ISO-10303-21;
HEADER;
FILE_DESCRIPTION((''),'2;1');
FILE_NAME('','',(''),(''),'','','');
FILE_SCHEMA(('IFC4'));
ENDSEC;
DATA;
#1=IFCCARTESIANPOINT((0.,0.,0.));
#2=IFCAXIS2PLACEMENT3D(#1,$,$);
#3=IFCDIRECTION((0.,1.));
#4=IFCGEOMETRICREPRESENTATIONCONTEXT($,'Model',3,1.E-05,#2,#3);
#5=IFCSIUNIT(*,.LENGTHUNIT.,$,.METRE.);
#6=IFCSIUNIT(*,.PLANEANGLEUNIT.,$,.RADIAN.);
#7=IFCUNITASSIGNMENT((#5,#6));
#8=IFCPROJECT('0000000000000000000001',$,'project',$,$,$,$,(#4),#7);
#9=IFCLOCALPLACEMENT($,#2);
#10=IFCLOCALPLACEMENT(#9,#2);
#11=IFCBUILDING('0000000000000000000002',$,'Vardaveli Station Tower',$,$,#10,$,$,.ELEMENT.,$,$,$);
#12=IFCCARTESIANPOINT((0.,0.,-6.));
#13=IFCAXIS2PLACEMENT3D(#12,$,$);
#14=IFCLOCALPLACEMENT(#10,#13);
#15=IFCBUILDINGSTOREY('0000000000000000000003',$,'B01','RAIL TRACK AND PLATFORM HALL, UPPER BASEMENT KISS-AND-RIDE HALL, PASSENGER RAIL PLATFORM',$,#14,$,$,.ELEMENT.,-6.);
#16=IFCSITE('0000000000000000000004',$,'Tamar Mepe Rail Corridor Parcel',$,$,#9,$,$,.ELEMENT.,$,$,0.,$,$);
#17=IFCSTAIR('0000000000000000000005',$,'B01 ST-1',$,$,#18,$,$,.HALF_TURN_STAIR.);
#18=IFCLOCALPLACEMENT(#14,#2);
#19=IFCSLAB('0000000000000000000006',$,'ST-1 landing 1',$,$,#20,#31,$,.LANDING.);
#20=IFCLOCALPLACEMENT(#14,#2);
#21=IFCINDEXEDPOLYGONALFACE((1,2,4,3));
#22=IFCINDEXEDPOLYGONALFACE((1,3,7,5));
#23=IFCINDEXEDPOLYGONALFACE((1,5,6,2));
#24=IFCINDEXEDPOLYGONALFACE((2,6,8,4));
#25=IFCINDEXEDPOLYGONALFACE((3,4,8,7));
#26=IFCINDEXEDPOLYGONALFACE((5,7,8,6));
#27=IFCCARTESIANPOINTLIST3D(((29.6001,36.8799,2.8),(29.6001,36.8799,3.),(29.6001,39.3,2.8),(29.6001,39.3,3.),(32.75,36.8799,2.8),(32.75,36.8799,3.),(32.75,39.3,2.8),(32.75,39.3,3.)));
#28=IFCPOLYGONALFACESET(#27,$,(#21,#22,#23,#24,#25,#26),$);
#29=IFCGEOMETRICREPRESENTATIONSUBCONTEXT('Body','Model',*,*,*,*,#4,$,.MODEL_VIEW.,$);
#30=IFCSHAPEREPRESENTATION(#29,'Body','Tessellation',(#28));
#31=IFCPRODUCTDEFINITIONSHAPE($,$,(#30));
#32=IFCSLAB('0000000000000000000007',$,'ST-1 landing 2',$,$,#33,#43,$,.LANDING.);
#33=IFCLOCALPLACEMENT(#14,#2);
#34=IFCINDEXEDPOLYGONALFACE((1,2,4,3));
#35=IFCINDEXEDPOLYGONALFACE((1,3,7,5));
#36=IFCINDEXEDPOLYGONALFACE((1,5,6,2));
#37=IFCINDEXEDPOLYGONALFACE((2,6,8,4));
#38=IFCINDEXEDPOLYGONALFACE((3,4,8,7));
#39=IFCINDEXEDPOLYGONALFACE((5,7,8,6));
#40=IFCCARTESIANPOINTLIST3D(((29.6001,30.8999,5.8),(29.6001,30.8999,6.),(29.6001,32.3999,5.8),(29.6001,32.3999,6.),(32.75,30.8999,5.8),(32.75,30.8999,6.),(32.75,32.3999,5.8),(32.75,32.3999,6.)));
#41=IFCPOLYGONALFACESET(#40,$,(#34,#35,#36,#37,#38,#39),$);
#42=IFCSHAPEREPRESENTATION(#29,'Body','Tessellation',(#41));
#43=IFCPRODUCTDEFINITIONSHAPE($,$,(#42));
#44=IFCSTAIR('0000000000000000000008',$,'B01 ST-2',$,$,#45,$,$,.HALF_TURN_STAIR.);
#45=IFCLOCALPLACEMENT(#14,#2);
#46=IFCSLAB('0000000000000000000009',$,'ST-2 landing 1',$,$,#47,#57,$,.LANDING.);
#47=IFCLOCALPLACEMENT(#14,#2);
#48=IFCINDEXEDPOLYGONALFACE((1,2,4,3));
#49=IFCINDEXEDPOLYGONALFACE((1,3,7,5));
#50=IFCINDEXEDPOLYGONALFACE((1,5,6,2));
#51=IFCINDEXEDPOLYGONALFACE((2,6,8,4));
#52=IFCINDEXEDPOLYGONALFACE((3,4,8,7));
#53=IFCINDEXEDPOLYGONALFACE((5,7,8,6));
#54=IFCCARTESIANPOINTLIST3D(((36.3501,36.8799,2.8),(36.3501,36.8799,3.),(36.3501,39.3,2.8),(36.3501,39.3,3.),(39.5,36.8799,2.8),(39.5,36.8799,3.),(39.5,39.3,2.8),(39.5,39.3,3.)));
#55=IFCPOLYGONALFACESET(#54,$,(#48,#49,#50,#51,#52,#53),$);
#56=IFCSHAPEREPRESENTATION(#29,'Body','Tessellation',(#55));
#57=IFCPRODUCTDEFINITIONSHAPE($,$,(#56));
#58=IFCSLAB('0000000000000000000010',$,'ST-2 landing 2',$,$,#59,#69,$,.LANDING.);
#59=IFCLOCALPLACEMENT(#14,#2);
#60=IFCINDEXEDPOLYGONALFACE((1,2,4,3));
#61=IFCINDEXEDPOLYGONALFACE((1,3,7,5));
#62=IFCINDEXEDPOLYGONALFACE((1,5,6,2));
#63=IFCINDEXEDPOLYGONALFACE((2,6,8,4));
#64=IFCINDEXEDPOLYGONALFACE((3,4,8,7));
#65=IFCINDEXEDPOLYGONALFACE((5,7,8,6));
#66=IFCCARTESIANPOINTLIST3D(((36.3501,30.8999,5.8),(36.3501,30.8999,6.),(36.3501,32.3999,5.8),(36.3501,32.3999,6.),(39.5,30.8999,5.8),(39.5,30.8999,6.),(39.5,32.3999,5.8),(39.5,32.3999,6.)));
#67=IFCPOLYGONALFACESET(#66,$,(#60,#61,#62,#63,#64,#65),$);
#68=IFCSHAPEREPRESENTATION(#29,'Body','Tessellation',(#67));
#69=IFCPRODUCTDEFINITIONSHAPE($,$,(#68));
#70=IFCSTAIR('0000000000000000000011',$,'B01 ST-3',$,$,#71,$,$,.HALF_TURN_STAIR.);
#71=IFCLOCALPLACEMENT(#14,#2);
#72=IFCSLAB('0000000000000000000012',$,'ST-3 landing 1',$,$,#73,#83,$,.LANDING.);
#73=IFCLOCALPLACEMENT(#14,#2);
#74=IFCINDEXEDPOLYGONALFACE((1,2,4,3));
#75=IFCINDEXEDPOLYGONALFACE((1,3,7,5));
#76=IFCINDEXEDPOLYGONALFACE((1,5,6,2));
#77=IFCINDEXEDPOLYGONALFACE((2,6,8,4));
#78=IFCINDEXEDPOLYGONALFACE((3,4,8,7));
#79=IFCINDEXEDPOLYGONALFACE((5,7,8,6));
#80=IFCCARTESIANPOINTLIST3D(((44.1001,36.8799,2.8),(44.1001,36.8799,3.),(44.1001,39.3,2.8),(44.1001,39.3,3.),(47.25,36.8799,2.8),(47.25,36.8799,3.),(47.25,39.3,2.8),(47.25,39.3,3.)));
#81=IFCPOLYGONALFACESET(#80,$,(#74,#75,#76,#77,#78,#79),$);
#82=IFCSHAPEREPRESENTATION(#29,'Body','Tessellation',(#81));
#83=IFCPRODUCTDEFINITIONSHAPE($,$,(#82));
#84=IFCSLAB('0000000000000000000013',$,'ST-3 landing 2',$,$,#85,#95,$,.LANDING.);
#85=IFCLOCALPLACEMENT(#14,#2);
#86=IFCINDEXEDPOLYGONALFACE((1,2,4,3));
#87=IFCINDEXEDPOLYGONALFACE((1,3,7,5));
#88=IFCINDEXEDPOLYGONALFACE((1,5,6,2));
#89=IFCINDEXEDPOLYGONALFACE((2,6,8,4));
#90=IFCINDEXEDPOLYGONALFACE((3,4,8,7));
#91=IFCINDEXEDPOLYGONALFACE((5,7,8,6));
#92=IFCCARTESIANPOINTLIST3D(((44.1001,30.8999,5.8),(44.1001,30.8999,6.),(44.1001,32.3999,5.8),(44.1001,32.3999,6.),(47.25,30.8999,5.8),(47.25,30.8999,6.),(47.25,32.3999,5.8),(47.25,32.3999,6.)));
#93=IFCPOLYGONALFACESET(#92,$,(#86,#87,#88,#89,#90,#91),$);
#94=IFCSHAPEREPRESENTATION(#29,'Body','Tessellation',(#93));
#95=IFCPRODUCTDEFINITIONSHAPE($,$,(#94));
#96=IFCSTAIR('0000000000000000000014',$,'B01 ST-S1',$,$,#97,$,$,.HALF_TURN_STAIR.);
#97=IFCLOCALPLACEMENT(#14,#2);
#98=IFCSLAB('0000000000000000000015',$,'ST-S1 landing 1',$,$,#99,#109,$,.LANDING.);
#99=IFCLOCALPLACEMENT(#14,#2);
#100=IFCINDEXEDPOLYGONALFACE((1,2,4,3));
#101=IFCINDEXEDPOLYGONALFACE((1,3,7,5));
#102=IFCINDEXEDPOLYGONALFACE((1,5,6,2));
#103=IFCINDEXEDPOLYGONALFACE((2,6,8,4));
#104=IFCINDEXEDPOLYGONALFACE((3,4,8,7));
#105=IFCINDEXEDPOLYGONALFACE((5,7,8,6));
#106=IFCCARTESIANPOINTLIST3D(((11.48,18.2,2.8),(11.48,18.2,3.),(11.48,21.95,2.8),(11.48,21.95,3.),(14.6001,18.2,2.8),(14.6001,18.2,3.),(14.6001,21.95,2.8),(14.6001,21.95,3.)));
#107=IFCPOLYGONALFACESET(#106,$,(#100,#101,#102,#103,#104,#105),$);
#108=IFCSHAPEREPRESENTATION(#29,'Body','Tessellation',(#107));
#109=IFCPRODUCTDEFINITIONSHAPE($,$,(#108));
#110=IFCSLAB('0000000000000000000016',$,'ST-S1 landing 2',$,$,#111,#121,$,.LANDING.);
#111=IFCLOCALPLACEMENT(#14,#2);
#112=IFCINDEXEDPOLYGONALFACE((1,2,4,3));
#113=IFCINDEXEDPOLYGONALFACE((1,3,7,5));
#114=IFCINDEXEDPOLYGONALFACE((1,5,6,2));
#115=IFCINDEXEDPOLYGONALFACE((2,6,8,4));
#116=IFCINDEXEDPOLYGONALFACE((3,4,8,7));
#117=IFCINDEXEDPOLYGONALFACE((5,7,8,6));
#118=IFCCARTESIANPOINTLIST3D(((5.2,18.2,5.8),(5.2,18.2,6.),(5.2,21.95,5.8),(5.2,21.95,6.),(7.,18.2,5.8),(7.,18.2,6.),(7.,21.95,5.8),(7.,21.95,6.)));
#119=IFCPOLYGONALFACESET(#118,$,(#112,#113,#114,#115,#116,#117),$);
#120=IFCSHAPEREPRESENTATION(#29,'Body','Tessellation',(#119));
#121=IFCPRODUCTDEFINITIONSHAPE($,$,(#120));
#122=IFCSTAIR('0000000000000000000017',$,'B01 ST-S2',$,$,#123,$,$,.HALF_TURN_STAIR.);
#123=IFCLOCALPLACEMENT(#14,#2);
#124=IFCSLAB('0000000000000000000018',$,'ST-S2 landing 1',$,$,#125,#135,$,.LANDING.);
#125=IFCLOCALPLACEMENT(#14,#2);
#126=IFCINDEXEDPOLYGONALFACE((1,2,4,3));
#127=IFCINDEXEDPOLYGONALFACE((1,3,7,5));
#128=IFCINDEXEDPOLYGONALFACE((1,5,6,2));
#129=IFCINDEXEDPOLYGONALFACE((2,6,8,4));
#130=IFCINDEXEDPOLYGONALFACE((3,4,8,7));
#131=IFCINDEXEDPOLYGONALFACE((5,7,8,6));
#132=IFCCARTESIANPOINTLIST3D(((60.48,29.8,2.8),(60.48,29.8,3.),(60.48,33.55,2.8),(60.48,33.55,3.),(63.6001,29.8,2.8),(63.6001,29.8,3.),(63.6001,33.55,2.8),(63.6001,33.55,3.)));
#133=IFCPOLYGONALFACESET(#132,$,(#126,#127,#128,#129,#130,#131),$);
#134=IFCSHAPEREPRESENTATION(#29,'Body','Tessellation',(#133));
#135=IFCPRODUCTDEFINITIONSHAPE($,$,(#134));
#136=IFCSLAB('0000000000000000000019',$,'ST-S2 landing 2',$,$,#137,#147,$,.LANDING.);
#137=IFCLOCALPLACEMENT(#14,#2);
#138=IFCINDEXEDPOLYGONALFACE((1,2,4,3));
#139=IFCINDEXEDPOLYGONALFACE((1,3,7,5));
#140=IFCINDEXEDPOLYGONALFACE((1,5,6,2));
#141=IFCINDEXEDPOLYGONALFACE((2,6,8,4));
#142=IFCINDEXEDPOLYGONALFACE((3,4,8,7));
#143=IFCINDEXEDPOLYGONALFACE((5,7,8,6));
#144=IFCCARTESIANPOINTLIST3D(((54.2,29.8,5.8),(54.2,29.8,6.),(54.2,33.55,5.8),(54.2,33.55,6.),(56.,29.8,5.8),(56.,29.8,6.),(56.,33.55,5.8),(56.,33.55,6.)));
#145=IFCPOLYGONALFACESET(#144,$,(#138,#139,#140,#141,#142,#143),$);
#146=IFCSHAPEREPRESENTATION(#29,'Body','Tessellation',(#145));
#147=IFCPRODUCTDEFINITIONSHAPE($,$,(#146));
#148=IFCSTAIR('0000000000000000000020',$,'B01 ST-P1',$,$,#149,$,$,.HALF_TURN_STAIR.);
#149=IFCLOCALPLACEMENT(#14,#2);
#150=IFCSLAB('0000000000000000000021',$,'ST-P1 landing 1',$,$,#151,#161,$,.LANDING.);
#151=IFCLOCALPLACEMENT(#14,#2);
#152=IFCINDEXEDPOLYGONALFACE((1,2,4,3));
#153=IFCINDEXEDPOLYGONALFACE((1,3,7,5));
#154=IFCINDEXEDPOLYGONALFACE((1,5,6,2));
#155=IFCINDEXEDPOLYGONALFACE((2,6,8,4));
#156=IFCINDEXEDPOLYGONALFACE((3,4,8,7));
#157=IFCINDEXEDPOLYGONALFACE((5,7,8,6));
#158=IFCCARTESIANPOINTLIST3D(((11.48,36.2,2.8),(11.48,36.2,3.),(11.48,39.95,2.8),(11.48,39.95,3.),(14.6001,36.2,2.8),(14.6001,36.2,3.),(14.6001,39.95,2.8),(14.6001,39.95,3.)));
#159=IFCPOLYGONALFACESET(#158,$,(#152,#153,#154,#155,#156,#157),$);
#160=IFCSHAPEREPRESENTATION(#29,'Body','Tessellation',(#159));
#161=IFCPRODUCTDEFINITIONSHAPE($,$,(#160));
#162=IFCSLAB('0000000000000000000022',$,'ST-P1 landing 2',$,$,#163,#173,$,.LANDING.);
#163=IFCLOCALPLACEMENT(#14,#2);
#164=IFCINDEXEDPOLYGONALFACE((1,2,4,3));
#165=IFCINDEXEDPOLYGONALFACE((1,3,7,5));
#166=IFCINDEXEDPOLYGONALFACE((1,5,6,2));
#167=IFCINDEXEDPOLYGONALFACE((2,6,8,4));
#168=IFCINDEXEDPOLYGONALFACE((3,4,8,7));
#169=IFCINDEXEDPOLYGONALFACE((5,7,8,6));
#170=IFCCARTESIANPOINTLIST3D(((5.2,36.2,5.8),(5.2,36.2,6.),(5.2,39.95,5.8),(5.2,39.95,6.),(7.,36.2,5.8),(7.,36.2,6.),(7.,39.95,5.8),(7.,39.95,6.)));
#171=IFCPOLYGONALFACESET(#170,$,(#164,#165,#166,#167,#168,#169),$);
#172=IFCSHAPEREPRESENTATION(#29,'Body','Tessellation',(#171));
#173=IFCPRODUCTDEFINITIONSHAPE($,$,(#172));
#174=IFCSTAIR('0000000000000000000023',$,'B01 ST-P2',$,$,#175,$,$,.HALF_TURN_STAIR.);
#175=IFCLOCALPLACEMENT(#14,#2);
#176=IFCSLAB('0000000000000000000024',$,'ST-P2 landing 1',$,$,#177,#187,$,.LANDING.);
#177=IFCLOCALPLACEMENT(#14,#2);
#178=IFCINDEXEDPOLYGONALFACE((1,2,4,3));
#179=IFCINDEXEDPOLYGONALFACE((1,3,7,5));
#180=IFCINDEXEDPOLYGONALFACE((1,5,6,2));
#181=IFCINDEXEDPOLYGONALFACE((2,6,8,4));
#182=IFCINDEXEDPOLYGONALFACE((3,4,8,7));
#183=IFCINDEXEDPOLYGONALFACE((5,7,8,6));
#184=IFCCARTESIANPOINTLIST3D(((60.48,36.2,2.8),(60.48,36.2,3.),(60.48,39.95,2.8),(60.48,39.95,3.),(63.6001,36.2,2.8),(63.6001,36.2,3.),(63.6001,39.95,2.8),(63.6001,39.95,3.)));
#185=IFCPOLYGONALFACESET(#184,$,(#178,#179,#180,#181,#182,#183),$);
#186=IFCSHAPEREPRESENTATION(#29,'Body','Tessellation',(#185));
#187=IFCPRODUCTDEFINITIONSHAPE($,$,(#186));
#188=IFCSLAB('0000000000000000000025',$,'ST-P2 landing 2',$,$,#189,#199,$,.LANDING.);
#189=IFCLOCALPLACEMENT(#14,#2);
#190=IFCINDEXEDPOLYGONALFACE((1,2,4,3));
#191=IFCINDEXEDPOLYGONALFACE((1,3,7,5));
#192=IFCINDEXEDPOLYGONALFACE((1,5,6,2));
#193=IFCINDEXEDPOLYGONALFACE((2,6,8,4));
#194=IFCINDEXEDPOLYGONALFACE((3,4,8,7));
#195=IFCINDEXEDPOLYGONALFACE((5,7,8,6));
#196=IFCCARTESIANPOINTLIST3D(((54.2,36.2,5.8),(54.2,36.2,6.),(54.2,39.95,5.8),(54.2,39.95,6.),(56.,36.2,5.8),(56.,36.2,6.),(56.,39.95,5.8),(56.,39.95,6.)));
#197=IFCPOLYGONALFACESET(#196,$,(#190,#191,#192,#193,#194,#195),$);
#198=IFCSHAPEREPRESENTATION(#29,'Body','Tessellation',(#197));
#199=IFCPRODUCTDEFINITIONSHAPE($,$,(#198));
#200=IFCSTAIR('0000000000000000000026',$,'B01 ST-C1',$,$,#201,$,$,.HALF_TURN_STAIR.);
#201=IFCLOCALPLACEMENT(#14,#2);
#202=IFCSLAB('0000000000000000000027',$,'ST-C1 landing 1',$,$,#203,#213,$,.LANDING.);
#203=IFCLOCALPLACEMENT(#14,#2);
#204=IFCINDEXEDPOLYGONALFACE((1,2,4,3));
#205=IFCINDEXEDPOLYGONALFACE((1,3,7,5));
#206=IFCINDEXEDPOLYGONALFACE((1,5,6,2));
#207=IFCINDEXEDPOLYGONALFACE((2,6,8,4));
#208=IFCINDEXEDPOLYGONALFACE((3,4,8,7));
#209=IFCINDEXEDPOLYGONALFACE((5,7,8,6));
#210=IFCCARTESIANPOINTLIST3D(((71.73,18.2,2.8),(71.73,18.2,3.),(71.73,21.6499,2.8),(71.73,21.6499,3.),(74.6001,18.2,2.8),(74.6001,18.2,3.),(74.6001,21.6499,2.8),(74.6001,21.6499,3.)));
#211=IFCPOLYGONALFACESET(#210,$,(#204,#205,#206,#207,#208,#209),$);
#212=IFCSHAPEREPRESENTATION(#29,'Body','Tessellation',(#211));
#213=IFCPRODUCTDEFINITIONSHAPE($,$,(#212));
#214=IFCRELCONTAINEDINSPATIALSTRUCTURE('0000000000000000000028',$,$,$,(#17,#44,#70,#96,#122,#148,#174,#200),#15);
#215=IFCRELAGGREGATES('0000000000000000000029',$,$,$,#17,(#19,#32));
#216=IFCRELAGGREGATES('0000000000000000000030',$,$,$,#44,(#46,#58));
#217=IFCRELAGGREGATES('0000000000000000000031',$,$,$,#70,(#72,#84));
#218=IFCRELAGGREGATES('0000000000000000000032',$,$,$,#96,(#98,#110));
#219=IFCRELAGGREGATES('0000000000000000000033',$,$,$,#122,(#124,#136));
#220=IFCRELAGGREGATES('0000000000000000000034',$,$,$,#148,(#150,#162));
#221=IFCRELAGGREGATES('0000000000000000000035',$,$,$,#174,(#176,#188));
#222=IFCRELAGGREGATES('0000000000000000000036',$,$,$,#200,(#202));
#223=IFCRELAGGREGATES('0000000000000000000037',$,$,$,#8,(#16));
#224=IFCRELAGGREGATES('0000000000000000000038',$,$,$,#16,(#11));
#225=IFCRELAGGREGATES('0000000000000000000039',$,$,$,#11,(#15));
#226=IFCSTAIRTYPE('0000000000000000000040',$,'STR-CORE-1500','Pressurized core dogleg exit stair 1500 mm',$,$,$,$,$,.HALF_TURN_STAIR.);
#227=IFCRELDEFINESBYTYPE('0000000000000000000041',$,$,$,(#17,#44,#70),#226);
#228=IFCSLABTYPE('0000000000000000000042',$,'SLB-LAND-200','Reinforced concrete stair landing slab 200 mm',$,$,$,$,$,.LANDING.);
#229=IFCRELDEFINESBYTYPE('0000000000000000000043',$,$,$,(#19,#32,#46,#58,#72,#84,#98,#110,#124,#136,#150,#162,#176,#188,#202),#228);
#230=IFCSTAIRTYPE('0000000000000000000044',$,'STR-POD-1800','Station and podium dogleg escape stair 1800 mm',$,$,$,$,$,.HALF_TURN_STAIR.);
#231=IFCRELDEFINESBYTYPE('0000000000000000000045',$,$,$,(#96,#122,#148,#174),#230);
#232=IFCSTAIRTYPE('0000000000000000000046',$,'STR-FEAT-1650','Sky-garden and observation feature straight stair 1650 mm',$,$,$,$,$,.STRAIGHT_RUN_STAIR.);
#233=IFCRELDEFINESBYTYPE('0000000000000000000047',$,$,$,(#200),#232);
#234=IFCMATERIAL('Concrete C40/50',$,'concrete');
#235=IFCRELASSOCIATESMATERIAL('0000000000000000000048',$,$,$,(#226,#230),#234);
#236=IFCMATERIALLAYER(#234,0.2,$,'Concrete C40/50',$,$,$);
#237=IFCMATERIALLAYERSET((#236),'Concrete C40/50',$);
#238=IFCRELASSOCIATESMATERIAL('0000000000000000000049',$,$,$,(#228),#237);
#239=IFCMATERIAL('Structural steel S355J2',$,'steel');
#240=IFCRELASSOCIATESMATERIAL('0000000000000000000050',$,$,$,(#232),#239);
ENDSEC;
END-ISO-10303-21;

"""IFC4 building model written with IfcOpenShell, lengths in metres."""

from ifc_helpers import new_model, si_unit, direction, frame, origin, place, context, subcontext, project, spatial, polyline, outline, extrude, material, layer, layer_set, type_object, element, aggregate, save


model = new_model("IFC4")

# Units and contexts
model_context = context("Model", 3, precision=1e-05, world=origin(), true_north=direction((0.0, 1.0)))
body_context = subcontext(model_context, "Body", "Model", "MODEL_VIEW")
ifc_project = project(units=[si_unit("LENGTHUNIT", "METRE"), si_unit("PLANEANGLEUNIT", "RADIAN")], contexts=[model_context])

# Site, building, storey
site_placement = place(None, origin())
site = spatial("IfcSite", under=ifc_project, at=site_placement, Name="Tamar Mepe Rail Corridor Parcel", CompositionType="ELEMENT", RefElevation=0.0)
building_placement = place(site_placement, origin())
building = spatial("IfcBuilding", under=site, at=building_placement, Name="Vardaveli Station Tower", CompositionType="ELEMENT")
storey_placement = place(building_placement, frame((0.0, 0.0, -6.0)))
storey = spatial("IfcBuildingStorey", under=building, at=storey_placement, Name="B01", Description="RAIL TRACK AND PLATFORM HALL, UPPER BASEMENT KISS-AND-RIDE HALL, PASSENGER RAIL PLATFORM", CompositionType="ELEMENT", Elevation=-6.0)

# Stairs, slabs
ifc_material_1 = material(Name="Concrete C40/50", Category="concrete")
stair_type_1 = type_object("IfcStairType", Name="STR-CORE-1500", Description="Pressurized core dogleg exit stair 1500 mm", PredefinedType="HALF_TURN_STAIR", material=ifc_material_1)
stair_1_placement = place(storey_placement, origin())
stair_1 = element("IfcStair", 1, at=stair_1_placement, inside=storey, type_object=stair_type_1, Name="B01 ST-1", PredefinedType="HALF_TURN_STAIR")
ifc_layer_1 = layer(ifc_material_1, 0.2, Name="Concrete C40/50")
ifc_layer_set_1 = layer_set([ifc_layer_1], Name="Concrete C40/50")
slab_type_1 = type_object("IfcSlabType", Name="SLB-LAND-200", Description="Reinforced concrete stair landing slab 200 mm", PredefinedType="LANDING", material=ifc_layer_set_1)
slab_1_placement = place(storey_placement, frame((0.0, 0.0, 2.8)))
slab_1 = element("IfcSlab", 2, at=slab_1_placement, type_object=slab_type_1, Name="ST-1 landing 1", PredefinedType="LANDING", context=body_context, shape_type="SweptSolid", body=[
    extrude(outline(polyline([(32.75, 36.8799), (32.75, 39.3), (29.6001, 39.3), (29.6001, 36.8799), (32.75, 36.8799)])), origin(), (0.0, 0.0, 1.0), 0.2),
])
slab_2_placement = place(storey_placement, frame((0.0, 0.0, 5.8)))
slab_2 = element("IfcSlab", 3, at=slab_2_placement, type_object=slab_type_1, Name="ST-1 landing 2", PredefinedType="LANDING", context=body_context, shape_type="SweptSolid", body=[
    extrude(outline(polyline([(32.75, 30.8999), (32.75, 32.3999), (29.6001, 32.3999), (29.6001, 30.8999), (32.75, 30.8999)])), origin(), (0.0, 0.0, 1.0), 0.2),
])
aggregate(stair_1, [slab_1, slab_2])
stair_2_placement = place(storey_placement, origin())
stair_2 = element("IfcStair", 4, at=stair_2_placement, inside=storey, type_object=stair_type_1, Name="B01 ST-2", PredefinedType="HALF_TURN_STAIR")
slab_3_placement = place(storey_placement, frame((0.0, 0.0, 2.8)))
slab_3 = element("IfcSlab", 5, at=slab_3_placement, type_object=slab_type_1, Name="ST-2 landing 1", PredefinedType="LANDING", context=body_context, shape_type="SweptSolid", body=[
    extrude(outline(polyline([(39.5, 36.8799), (39.5, 39.3), (36.3501, 39.3), (36.3501, 36.8799), (39.5, 36.8799)])), origin(), (0.0, 0.0, 1.0), 0.2),
])
slab_4_placement = place(storey_placement, frame((0.0, 0.0, 5.8)))
slab_4 = element("IfcSlab", 6, at=slab_4_placement, type_object=slab_type_1, Name="ST-2 landing 2", PredefinedType="LANDING", context=body_context, shape_type="SweptSolid", body=[
    extrude(outline(polyline([(39.5, 30.8999), (39.5, 32.3999), (36.3501, 32.3999), (36.3501, 30.8999), (39.5, 30.8999)])), origin(), (0.0, 0.0, 1.0), 0.2),
])
aggregate(stair_2, [slab_3, slab_4])
stair_3_placement = place(storey_placement, origin())
stair_3 = element("IfcStair", 7, at=stair_3_placement, inside=storey, type_object=stair_type_1, Name="B01 ST-3", PredefinedType="HALF_TURN_STAIR")
slab_5_placement = place(storey_placement, frame((0.0, 0.0, 2.8)))
slab_5 = element("IfcSlab", 8, at=slab_5_placement, type_object=slab_type_1, Name="ST-3 landing 1", PredefinedType="LANDING", context=body_context, shape_type="SweptSolid", body=[
    extrude(outline(polyline([(47.25, 36.8799), (47.25, 39.3), (44.1001, 39.3), (44.1001, 36.8799), (47.25, 36.8799)])), origin(), (0.0, 0.0, 1.0), 0.2),
])
slab_6_placement = place(storey_placement, frame((0.0, 0.0, 5.8)))
slab_6 = element("IfcSlab", 9, at=slab_6_placement, type_object=slab_type_1, Name="ST-3 landing 2", PredefinedType="LANDING", context=body_context, shape_type="SweptSolid", body=[
    extrude(outline(polyline([(47.25, 30.8999), (47.25, 32.3999), (44.1001, 32.3999), (44.1001, 30.8999), (47.25, 30.8999)])), origin(), (0.0, 0.0, 1.0), 0.2),
])
aggregate(stair_3, [slab_5, slab_6])
stair_type_2 = type_object("IfcStairType", Name="STR-POD-1800", Description="Station and podium dogleg escape stair 1800 mm", PredefinedType="HALF_TURN_STAIR", material=ifc_material_1)
stair_4_placement = place(storey_placement, origin())
stair_4 = element("IfcStair", 10, at=stair_4_placement, inside=storey, type_object=stair_type_2, Name="B01 ST-S1", PredefinedType="HALF_TURN_STAIR")
slab_7_placement = place(storey_placement, frame((0.0, 0.0, 2.8)))
slab_7 = element("IfcSlab", 11, at=slab_7_placement, type_object=slab_type_1, Name="ST-S1 landing 1", PredefinedType="LANDING", context=body_context, shape_type="SweptSolid", body=[
    extrude(outline(polyline([(11.48, 18.2), (14.6001, 18.2), (14.6001, 21.95), (11.48, 21.95), (11.48, 18.2)])), origin(), (0.0, 0.0, 1.0), 0.2),
])
slab_8_placement = place(storey_placement, frame((0.0, 0.0, 5.8)))
slab_8 = element("IfcSlab", 12, at=slab_8_placement, type_object=slab_type_1, Name="ST-S1 landing 2", PredefinedType="LANDING", context=body_context, shape_type="SweptSolid", body=[
    extrude(outline(polyline([(5.2, 18.2), (7.0, 18.2), (7.0, 21.95), (5.2, 21.95), (5.2, 18.2)])), origin(), (0.0, 0.0, 1.0), 0.2),
])
aggregate(stair_4, [slab_7, slab_8])
stair_5_placement = place(storey_placement, origin())
stair_5 = element("IfcStair", 13, at=stair_5_placement, inside=storey, type_object=stair_type_2, Name="B01 ST-S2", PredefinedType="HALF_TURN_STAIR")
slab_9_placement = place(storey_placement, frame((0.0, 0.0, 2.8)))
slab_9 = element("IfcSlab", 14, at=slab_9_placement, type_object=slab_type_1, Name="ST-S2 landing 1", PredefinedType="LANDING", context=body_context, shape_type="SweptSolid", body=[
    extrude(outline(polyline([(60.48, 29.8), (63.6001, 29.8), (63.6001, 33.55), (60.48, 33.55), (60.48, 29.8)])), origin(), (0.0, 0.0, 1.0), 0.2),
])
slab_10_placement = place(storey_placement, frame((0.0, 0.0, 5.8)))
slab_10 = element("IfcSlab", 15, at=slab_10_placement, type_object=slab_type_1, Name="ST-S2 landing 2", PredefinedType="LANDING", context=body_context, shape_type="SweptSolid", body=[
    extrude(outline(polyline([(54.2, 29.8), (56.0, 29.8), (56.0, 33.55), (54.2, 33.55), (54.2, 29.8)])), origin(), (0.0, 0.0, 1.0), 0.2),
])
aggregate(stair_5, [slab_9, slab_10])
stair_6_placement = place(storey_placement, origin())
stair_6 = element("IfcStair", 16, at=stair_6_placement, inside=storey, type_object=stair_type_2, Name="B01 ST-P1", PredefinedType="HALF_TURN_STAIR")
slab_11_placement = place(storey_placement, frame((0.0, 0.0, 2.8)))
slab_11 = element("IfcSlab", 17, at=slab_11_placement, type_object=slab_type_1, Name="ST-P1 landing 1", PredefinedType="LANDING", context=body_context, shape_type="SweptSolid", body=[
    extrude(outline(polyline([(11.48, 36.2), (14.6001, 36.2), (14.6001, 39.95), (11.48, 39.95), (11.48, 36.2)])), origin(), (0.0, 0.0, 1.0), 0.2),
])
slab_12_placement = place(storey_placement, frame((0.0, 0.0, 5.8)))
slab_12 = element("IfcSlab", 18, at=slab_12_placement, type_object=slab_type_1, Name="ST-P1 landing 2", PredefinedType="LANDING", context=body_context, shape_type="SweptSolid", body=[
    extrude(outline(polyline([(5.2, 36.2), (7.0, 36.2), (7.0, 39.95), (5.2, 39.95), (5.2, 36.2)])), origin(), (0.0, 0.0, 1.0), 0.2),
])
aggregate(stair_6, [slab_11, slab_12])
stair_7_placement = place(storey_placement, origin())
stair_7 = element("IfcStair", 19, at=stair_7_placement, inside=storey, type_object=stair_type_2, Name="B01 ST-P2", PredefinedType="HALF_TURN_STAIR")
slab_13_placement = place(storey_placement, frame((0.0, 0.0, 2.8)))
slab_13 = element("IfcSlab", 20, at=slab_13_placement, type_object=slab_type_1, Name="ST-P2 landing 1", PredefinedType="LANDING", context=body_context, shape_type="SweptSolid", body=[
    extrude(outline(polyline([(60.48, 36.2), (63.6001, 36.2), (63.6001, 39.95), (60.48, 39.95), (60.48, 36.2)])), origin(), (0.0, 0.0, 1.0), 0.2),
])
slab_14_placement = place(storey_placement, frame((0.0, 0.0, 5.8)))
slab_14 = element("IfcSlab", 21, at=slab_14_placement, type_object=slab_type_1, Name="ST-P2 landing 2", PredefinedType="LANDING", context=body_context, shape_type="SweptSolid", body=[
    extrude(outline(polyline([(54.2, 36.2), (56.0, 36.2), (56.0, 39.95), (54.2, 39.95), (54.2, 36.2)])), origin(), (0.0, 0.0, 1.0), 0.2),
])
aggregate(stair_7, [slab_13, slab_14])
ifc_material_2 = material(Name="Structural steel S355J2", Category="steel")
stair_type_3 = type_object("IfcStairType", Name="STR-FEAT-1650", Description="Sky-garden and observation feature straight stair 1650 mm", PredefinedType="STRAIGHT_RUN_STAIR", material=ifc_material_2)
stair_8_placement = place(storey_placement, origin())
stair_8 = element("IfcStair", 22, at=stair_8_placement, inside=storey, type_object=stair_type_3, Name="B01 ST-C1", PredefinedType="HALF_TURN_STAIR")
slab_15_placement = place(storey_placement, frame((0.0, 0.0, 2.8)))
slab_15 = element("IfcSlab", 23, at=slab_15_placement, type_object=slab_type_1, Name="ST-C1 landing 1", PredefinedType="LANDING", context=body_context, shape_type="SweptSolid", body=[
    extrude(outline(polyline([(71.73, 18.2), (74.6001, 18.2), (74.6001, 21.6499), (71.73, 21.6499), (71.73, 18.2)])), origin(), (0.0, 0.0, 1.0), 0.2),
])
aggregate(stair_8, [slab_15])

save(model, "model.ifc")
